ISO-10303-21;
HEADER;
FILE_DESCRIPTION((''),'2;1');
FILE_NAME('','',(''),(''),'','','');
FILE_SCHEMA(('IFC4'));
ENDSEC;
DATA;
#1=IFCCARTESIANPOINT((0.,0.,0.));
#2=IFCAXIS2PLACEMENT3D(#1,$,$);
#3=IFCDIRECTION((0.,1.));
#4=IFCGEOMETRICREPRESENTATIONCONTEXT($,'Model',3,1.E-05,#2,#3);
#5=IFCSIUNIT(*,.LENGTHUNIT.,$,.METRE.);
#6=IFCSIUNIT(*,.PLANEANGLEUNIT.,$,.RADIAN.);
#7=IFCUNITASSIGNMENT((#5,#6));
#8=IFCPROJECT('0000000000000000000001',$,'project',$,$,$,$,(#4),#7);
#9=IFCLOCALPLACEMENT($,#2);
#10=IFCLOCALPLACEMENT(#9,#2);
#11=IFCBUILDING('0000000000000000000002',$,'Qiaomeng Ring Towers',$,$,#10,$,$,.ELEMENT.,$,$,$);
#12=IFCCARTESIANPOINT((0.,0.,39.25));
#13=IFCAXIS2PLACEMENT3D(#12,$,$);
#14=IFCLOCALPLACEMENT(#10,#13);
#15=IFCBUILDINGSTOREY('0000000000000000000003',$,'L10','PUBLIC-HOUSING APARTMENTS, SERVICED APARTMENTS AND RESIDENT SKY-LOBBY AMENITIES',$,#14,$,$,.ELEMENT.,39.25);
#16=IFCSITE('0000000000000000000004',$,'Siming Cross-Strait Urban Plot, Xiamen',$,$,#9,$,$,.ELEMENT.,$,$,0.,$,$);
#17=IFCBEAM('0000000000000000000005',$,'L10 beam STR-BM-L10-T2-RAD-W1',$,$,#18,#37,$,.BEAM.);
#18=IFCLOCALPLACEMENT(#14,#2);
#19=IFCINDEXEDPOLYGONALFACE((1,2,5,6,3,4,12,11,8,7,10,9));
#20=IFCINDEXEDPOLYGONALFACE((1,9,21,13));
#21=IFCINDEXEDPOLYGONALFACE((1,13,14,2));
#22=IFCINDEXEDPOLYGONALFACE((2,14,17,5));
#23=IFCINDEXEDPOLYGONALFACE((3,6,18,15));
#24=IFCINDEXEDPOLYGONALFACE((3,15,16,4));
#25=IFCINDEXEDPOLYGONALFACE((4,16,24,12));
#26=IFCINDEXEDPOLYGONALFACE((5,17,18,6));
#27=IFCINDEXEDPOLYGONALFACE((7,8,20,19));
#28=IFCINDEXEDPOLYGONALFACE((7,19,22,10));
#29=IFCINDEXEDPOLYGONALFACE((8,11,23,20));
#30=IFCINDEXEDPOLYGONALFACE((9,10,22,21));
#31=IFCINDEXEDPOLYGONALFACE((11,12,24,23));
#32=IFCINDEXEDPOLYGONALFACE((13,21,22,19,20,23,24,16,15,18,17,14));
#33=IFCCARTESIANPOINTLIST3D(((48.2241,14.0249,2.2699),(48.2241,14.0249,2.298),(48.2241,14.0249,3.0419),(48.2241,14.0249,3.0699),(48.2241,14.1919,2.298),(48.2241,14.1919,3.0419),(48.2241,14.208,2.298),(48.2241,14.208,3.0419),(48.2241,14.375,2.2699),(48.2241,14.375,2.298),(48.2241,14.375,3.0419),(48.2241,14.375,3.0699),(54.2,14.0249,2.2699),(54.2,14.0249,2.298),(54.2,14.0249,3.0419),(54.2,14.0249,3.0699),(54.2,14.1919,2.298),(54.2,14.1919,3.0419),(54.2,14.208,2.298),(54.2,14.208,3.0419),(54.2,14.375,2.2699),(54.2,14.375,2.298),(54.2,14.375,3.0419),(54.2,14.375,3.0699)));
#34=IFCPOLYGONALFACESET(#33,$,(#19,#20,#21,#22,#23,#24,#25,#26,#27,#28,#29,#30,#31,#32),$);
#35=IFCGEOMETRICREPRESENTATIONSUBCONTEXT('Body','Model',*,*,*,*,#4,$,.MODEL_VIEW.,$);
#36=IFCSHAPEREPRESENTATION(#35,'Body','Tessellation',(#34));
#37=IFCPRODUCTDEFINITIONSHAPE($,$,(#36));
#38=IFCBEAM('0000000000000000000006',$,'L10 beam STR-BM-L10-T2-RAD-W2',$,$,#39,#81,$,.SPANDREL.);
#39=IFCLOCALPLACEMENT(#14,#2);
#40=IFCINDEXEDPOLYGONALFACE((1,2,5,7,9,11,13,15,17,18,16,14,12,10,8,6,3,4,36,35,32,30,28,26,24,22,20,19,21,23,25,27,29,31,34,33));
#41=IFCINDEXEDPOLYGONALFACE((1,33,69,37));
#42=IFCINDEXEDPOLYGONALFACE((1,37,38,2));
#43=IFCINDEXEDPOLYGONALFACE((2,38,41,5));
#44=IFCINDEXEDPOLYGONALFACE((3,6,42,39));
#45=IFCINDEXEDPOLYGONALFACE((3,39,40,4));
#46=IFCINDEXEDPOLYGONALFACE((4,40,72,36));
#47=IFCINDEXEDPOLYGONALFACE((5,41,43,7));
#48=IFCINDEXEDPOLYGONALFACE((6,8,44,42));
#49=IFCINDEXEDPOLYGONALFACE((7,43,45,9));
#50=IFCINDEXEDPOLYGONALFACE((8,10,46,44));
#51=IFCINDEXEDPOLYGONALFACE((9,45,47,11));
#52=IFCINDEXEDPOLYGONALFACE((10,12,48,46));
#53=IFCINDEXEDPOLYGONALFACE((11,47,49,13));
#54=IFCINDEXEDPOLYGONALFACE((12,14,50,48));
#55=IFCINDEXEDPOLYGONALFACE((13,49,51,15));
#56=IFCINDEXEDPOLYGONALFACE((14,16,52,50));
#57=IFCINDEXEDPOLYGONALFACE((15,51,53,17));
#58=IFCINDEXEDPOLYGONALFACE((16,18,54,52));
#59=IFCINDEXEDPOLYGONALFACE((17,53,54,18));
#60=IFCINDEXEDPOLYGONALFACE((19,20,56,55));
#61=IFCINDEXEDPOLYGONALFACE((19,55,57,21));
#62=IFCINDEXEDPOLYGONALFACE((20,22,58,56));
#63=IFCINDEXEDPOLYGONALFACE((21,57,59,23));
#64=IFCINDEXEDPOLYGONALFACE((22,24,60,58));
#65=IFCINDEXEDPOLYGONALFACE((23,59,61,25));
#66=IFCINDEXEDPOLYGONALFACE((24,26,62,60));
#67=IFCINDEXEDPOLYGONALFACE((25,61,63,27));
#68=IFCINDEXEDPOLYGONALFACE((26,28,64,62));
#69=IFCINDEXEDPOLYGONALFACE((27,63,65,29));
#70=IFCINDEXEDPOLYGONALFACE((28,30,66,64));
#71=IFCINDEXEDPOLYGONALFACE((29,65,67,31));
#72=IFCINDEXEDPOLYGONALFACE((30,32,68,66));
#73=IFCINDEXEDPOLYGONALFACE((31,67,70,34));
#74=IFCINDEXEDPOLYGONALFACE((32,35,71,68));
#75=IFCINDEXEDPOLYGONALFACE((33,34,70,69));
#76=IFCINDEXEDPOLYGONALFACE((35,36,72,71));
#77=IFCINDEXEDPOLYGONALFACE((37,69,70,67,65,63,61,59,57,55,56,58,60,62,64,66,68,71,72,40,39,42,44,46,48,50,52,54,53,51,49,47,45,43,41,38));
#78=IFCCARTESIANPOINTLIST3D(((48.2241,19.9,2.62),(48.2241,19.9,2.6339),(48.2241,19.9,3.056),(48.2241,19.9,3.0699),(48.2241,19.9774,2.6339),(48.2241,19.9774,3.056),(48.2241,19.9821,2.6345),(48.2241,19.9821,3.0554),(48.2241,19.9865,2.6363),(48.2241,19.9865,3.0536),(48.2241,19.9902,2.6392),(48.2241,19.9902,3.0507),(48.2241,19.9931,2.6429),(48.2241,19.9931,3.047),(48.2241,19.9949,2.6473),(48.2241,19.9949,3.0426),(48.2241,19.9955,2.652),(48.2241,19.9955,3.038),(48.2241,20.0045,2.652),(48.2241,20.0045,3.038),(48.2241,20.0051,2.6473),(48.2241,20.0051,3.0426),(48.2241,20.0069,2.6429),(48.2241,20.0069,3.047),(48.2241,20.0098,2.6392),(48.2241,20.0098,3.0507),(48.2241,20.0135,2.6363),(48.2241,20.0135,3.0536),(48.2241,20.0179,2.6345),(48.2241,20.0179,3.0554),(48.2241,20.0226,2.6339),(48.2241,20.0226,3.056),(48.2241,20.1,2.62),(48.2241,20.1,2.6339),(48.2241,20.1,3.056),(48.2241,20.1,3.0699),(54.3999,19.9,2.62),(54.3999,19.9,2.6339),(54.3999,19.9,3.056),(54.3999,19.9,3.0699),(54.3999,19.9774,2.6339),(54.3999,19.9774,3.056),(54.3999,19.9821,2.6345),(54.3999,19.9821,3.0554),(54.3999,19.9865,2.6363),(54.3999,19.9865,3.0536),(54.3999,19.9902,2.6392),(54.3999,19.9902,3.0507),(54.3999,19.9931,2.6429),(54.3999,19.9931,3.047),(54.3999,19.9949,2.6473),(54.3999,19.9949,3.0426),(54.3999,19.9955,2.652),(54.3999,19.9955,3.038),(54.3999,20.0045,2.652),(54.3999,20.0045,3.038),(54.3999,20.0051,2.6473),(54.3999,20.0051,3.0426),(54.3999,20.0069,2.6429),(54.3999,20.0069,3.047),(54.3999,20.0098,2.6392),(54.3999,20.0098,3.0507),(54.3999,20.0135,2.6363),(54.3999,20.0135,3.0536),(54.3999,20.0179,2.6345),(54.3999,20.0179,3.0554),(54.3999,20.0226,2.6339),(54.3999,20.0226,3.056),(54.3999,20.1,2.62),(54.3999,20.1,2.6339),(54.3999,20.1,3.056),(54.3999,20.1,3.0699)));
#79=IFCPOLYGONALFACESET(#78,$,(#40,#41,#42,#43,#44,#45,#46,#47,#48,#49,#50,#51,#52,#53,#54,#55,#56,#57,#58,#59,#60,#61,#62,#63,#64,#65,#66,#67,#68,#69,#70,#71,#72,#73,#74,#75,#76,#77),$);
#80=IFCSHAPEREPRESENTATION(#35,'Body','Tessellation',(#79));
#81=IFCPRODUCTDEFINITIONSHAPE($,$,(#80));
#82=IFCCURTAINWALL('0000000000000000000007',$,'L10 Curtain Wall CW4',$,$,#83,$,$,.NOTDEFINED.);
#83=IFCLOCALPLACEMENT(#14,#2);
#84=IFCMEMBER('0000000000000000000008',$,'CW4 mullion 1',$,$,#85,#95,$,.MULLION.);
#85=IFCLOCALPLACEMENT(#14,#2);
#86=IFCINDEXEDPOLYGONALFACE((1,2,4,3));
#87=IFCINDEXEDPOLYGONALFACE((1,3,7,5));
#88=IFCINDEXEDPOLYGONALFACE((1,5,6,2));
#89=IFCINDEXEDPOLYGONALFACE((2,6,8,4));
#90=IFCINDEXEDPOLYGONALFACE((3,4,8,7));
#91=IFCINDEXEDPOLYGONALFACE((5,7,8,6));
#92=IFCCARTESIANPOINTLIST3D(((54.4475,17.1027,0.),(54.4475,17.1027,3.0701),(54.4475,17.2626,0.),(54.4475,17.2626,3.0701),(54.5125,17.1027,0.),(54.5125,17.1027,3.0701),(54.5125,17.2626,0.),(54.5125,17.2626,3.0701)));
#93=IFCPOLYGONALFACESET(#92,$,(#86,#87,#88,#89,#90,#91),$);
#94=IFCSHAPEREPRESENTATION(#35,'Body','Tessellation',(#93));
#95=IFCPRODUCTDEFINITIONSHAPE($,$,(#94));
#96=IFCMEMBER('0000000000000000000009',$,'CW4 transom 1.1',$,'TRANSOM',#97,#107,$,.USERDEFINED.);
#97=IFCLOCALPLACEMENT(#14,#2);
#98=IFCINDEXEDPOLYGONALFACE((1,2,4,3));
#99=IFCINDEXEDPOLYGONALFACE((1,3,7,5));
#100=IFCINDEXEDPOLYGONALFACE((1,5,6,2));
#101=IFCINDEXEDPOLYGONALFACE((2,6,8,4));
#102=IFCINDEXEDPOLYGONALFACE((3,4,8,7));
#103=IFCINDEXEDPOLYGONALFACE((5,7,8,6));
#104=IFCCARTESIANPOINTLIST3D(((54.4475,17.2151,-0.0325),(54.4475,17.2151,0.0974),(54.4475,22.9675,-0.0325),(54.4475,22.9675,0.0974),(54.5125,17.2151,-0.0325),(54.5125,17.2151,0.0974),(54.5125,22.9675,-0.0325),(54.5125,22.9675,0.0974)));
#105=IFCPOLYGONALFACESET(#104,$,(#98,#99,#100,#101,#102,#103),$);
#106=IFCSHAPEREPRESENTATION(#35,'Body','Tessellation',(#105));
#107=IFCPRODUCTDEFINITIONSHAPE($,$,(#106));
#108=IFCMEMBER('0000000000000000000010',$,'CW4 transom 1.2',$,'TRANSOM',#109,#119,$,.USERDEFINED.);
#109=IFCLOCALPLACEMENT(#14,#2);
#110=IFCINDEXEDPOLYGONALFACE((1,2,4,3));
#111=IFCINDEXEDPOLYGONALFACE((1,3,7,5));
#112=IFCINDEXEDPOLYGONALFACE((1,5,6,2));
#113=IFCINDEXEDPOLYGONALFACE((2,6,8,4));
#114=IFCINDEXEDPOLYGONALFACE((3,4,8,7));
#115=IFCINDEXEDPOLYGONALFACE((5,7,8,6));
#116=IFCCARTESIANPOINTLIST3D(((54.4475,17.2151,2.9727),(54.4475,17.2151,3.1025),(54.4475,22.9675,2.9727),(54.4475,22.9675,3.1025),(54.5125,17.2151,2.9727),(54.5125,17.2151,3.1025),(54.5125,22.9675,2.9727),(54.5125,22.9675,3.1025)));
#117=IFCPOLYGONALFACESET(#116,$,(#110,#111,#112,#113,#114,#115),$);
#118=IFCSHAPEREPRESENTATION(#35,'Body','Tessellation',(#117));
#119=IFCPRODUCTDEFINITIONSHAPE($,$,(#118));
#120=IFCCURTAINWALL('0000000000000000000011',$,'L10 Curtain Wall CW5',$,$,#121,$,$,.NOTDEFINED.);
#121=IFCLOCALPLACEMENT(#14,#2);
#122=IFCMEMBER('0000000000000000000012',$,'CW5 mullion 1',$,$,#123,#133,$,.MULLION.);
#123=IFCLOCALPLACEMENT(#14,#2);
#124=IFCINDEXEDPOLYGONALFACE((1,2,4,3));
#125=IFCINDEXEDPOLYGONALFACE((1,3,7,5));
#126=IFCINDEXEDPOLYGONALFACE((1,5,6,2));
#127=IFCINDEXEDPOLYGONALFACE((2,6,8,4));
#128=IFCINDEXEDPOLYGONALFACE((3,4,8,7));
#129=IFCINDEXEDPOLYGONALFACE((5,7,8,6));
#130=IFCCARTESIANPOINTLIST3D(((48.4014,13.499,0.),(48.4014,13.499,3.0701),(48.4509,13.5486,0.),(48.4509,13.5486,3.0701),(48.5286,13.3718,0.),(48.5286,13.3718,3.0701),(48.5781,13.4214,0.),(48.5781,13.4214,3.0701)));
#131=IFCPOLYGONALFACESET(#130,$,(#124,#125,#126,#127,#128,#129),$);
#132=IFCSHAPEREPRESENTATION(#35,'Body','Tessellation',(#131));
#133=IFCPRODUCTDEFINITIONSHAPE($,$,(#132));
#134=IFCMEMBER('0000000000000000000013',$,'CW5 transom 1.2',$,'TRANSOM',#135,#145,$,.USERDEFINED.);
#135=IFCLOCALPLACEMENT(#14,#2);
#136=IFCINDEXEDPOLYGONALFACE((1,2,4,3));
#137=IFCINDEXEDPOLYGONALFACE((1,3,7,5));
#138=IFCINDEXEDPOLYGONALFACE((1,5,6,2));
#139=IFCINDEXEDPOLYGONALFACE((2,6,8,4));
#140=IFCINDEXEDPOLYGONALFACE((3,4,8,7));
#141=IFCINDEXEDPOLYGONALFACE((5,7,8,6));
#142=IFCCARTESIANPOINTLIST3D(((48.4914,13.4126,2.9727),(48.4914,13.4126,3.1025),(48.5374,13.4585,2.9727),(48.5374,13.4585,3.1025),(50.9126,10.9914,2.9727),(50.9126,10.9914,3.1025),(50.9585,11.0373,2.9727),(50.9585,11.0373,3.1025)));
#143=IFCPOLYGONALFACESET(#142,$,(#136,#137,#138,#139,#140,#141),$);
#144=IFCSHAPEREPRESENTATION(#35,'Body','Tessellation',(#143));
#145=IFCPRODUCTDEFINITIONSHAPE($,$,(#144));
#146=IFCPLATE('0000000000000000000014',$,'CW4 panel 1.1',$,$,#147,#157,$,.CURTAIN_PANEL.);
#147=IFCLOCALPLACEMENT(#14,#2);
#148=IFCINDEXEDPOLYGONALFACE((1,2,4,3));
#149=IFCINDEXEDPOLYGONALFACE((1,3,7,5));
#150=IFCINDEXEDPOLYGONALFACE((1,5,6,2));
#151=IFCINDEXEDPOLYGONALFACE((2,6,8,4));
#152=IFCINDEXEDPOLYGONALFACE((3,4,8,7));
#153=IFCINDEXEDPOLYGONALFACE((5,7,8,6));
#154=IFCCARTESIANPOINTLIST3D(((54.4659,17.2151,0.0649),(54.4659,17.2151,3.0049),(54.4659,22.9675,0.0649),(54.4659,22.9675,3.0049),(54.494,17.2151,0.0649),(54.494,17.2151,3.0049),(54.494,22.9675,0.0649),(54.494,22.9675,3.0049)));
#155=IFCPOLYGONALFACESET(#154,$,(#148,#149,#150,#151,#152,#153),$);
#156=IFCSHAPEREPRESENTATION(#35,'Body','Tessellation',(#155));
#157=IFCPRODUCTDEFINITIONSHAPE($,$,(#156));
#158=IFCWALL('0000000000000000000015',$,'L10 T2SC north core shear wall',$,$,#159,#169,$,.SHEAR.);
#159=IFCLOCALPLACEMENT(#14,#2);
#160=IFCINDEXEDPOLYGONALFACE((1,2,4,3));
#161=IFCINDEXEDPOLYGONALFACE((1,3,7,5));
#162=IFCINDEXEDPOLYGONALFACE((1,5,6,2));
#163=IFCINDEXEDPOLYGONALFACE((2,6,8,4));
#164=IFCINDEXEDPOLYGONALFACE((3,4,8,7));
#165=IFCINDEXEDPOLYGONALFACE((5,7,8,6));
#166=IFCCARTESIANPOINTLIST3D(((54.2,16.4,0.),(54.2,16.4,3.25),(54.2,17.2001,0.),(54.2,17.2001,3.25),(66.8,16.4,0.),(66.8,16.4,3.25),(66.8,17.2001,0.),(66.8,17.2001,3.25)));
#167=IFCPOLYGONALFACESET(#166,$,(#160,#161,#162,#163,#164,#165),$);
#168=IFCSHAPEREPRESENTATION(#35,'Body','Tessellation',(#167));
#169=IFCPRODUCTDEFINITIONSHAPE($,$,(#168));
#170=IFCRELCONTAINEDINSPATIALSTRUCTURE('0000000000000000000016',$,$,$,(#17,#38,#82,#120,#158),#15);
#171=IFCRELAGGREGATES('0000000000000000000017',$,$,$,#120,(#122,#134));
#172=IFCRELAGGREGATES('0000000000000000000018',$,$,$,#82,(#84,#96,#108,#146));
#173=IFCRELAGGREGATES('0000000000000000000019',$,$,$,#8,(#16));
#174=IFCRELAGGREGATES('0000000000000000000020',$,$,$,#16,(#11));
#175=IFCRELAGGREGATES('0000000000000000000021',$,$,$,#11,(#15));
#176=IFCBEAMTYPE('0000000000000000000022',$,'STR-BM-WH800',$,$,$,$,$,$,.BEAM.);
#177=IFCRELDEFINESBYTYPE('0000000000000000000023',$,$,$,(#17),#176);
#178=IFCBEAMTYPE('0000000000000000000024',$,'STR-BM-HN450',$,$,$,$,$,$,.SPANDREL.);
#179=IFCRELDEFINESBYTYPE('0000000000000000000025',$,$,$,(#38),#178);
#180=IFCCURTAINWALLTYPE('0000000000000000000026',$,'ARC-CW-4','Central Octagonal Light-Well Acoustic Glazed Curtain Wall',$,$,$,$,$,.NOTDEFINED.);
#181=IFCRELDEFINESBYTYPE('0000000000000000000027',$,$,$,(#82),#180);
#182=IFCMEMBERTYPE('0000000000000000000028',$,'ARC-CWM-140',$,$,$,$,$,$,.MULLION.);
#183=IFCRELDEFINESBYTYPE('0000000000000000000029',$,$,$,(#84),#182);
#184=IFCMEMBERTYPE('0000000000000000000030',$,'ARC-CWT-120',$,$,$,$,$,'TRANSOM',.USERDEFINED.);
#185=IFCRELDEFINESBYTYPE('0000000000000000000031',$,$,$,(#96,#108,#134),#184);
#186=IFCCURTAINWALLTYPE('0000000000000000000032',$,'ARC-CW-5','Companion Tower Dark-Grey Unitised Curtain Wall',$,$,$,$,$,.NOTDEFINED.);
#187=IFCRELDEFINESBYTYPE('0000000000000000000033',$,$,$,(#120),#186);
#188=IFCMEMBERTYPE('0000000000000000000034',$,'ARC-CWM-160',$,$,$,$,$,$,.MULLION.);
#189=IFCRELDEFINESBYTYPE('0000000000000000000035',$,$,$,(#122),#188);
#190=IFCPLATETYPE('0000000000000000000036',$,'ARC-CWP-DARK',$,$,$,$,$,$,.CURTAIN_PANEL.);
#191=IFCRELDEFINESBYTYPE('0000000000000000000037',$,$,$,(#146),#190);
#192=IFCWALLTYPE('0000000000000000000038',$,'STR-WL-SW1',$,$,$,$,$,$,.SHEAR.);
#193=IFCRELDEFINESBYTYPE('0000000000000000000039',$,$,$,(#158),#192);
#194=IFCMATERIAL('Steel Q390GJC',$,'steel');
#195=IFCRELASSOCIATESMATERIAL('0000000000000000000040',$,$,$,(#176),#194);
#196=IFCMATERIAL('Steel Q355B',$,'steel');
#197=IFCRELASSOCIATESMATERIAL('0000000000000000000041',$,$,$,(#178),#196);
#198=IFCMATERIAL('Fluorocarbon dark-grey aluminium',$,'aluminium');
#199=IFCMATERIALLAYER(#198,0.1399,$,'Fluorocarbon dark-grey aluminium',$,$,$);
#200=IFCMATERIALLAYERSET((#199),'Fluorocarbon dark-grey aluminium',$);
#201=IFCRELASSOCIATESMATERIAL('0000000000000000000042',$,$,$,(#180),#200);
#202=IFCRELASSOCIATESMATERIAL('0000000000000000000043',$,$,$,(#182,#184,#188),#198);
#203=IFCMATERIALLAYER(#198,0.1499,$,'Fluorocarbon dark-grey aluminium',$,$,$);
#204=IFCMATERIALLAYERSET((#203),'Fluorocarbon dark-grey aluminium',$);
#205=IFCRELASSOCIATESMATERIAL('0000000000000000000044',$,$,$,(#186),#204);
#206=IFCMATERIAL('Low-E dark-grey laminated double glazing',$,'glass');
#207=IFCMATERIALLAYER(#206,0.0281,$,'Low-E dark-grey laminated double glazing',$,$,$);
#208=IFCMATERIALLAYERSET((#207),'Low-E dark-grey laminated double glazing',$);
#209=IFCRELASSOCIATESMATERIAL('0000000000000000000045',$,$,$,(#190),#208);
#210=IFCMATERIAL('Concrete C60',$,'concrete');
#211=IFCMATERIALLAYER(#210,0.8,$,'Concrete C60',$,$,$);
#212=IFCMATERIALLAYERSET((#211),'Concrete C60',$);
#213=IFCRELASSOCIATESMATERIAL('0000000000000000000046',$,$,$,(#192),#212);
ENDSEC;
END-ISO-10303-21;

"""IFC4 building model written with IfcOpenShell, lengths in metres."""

from ifc_helpers import new_model, si_unit, direction, frame, frame_2d, origin, origin_2d, place, context, subcontext, project, spatial, rectangle, i_section, extrude, source, transform, mapped, material, layer, layer_set, material_profile, profile_set, type_object, element, aggregate, save


model = new_model("IFC4")

# Units and contexts
model_context = context("Model", 3, precision=1e-05, world=origin(), true_north=direction((0.0, 1.0)))
body_context = subcontext(model_context, "Body", "Model", "MODEL_VIEW")
ifc_project = project(units=[si_unit("LENGTHUNIT", "METRE"), si_unit("PLANEANGLEUNIT", "RADIAN")], contexts=[model_context])

# Site, building, storey
site_placement = place(None, origin())
site = spatial("IfcSite", under=ifc_project, at=site_placement, Name="Siming Cross-Strait Urban Plot, Xiamen", CompositionType="ELEMENT", RefElevation=0.0)
building_placement = place(site_placement, origin())
building = spatial("IfcBuilding", under=site, at=building_placement, Name="Qiaomeng Ring Towers", CompositionType="ELEMENT")
storey_placement = place(building_placement, frame((0.0, 0.0, 39.25)))
storey = spatial("IfcBuildingStorey", under=building, at=storey_placement, Name="L10", Description="PUBLIC-HOUSING APARTMENTS, SERVICED APARTMENTS AND RESIDENT SKY-LOBBY AMENITIES", CompositionType="ELEMENT", Elevation=39.25)

# Shared definitions
ifc_material_1 = material(Name="Concrete C60", Category="concrete")

# Beams
ifc_material_2 = material(Name="Steel Q355B", Category="steel")
ifc_material_3 = material(Name="Steel Q390GJC", Category="steel")
ifc_material_profile_1 = material_profile(ifc_material_3, i_section(OverallWidth=0.3501, OverallDepth=0.8, WebThickness=0.0161, FlangeThickness=0.0281, at=origin_2d()), Name="WH 800x350x16x28")
ifc_profile_set_1 = profile_set([ifc_material_profile_1], Name="Steel Q390GJC")
beam_type_1 = type_object("IfcBeamType", Name="STR-BM-WH800", PredefinedType="BEAM", material=ifc_profile_set_1)
shared_shape_1 = source(origin(), body_context, "Body", "SweptSolid", [
    extrude(i_section(OverallWidth=0.3501, OverallDepth=0.8, WebThickness=0.0161, FlangeThickness=0.0281, at=origin_2d()), origin(), (0.0, 0.0, 1.0), 5.9758),
])
beam_1_placement = place(storey_placement, frame((48.2241, 14.2, 2.6699), z_axis=(1.0, 0.0, 0.0), x_axis=(0.0, 1.0, 0.0)))
element("IfcBeam", 1, at=beam_1_placement, inside=storey, type_object=beam_type_1, Name="L10 beam STR-BM-L10-T2-RAD-W1", PredefinedType="BEAM", context=body_context, shape_type="MappedRepresentation", body=[
    mapped(shared_shape_1, transform((0.0, 0.0, 0.0), x_axis=(1.0, 0.0, 0.0), y_axis=(0.0, 1.0, 0.0), z_axis=(0.0, 0.0, 1.0), scale=1.0)),
])
ifc_material_profile_2 = material_profile(ifc_material_2, i_section(OverallWidth=0.2, OverallDepth=0.45, WebThickness=0.009, FlangeThickness=0.0139, FilletRadius=0.0181, at=origin_2d()), Name="HN 450x200x9x14")
ifc_profile_set_2 = profile_set([ifc_material_profile_2], Name="Steel Q355B")
beam_type_2 = type_object("IfcBeamType", Name="STR-BM-HN450", PredefinedType="SPANDREL", material=ifc_profile_set_2)
shared_shape_2 = source(origin(), body_context, "Body", "SweptSolid", [
    extrude(i_section(OverallWidth=0.2, OverallDepth=0.45, WebThickness=0.009, FlangeThickness=0.0139, FilletRadius=0.0181, at=origin_2d()), origin(), (0.0, 0.0, 1.0), 6.1758),
])
beam_2_placement = place(storey_placement, frame((48.2241, 20.0, 2.845), z_axis=(1.0, 0.0, 0.0), x_axis=(0.0, 1.0, 0.0)))
element("IfcBeam", 2, at=beam_2_placement, inside=storey, type_object=beam_type_2, Name="L10 beam STR-BM-L10-T2-RAD-W2", PredefinedType="SPANDREL", context=body_context, shape_type="MappedRepresentation", body=[
    mapped(shared_shape_2, transform((0.0, 0.0, 0.0), x_axis=(1.0, 0.0, 0.0), y_axis=(0.0, 1.0, 0.0), z_axis=(0.0, 0.0, 1.0), scale=1.0)),
])

# Curtain walls, members
ifc_material_4 = material(Name="Fluorocarbon dark-grey aluminium", Category="aluminium")
ifc_layer_1 = layer(ifc_material_4, 0.1399, Name="Fluorocarbon dark-grey aluminium")
ifc_layer_set_1 = layer_set([ifc_layer_1], Name="Fluorocarbon dark-grey aluminium")
curtain_wall_type_1 = type_object("IfcCurtainWallType", Name="ARC-CW-4", Description="Central Octagonal Light-Well Acoustic Glazed Curtain Wall", PredefinedType="NOTDEFINED", material=ifc_layer_set_1)
curtain_wall_1_placement = place(storey_placement, origin())
curtain_wall_1 = element("IfcCurtainWall", 3, at=curtain_wall_1_placement, inside=storey, type_object=curtain_wall_type_1, Name="L10 Curtain Wall CW4", PredefinedType="NOTDEFINED")
ifc_material_profile_3 = material_profile(ifc_material_4, rectangle(XDim=0.0649, YDim=0.1599, at=origin_2d()), Name="ALU MULL 65x160")
ifc_profile_set_3 = profile_set([ifc_material_profile_3], Name="Fluorocarbon dark-grey aluminium")
member_type_1 = type_object("IfcMemberType", Name="ARC-CWM-140", PredefinedType="MULLION", material=ifc_profile_set_3)
shared_shape_3 = source(origin(), body_context, "Body", "SweptSolid", [
    extrude(rectangle(XDim=0.0649, YDim=0.1599, at=origin_2d()), origin(), (0.0, 0.0, 1.0), 3.0701),
])
member_1_placement = place(storey_placement, frame((54.48, 17.1826, 0.0), z_axis=(0.0, 0.0, 1.0), x_axis=(-1.0, 0.0, 0.0)))
member_1 = element("IfcMember", 4, at=member_1_placement, type_object=member_type_1, Name="CW4 mullion 1", PredefinedType="MULLION", context=body_context, shape_type="MappedRepresentation", body=[
    mapped(shared_shape_3, transform((0.0, 0.0, 0.0), x_axis=(1.0, 0.0, 0.0), y_axis=(0.0, 1.0, 0.0), z_axis=(0.0, 0.0, 1.0), scale=1.0)),
])
ifc_material_profile_4 = material_profile(ifc_material_4, rectangle(XDim=0.0649, YDim=0.1299, at=origin_2d()), Name="ALU TRAN 65x130")
ifc_profile_set_4 = profile_set([ifc_material_profile_4], Name="Fluorocarbon dark-grey aluminium")
member_type_2 = type_object("IfcMemberType", Name="ARC-CWT-120", ElementType="TRANSOM", PredefinedType="USERDEFINED", material=ifc_profile_set_4)
shared_shape_4 = source(origin(), body_context, "Body", "SweptSolid", [
    extrude(rectangle(XDim=0.0649, YDim=0.1299, at=origin_2d()), origin(), (0.0, 0.0, 1.0), 5.7524),
])
member_2_placement = place(storey_placement, frame((54.48, 17.2151, 0.0325), z_axis=(0.0, 1.0, 0.0), x_axis=(-1.0, 0.0, 0.0)))
member_2 = element("IfcMember", 5, at=member_2_placement, type_object=member_type_2, Name="CW4 transom 1.1", ObjectType="TRANSOM", PredefinedType="USERDEFINED", context=body_context, shape_type="MappedRepresentation", body=[
    mapped(shared_shape_4, transform((0.0, 0.0, 0.0), x_axis=(1.0, 0.0, 0.0), y_axis=(0.0, 1.0, 0.0), z_axis=(0.0, 0.0, 1.0), scale=1.0)),
])
member_3_placement = place(storey_placement, frame((54.48, 17.2151, 3.0376), z_axis=(0.0, 1.0, 0.0), x_axis=(-1.0, 0.0, 0.0)))
member_3 = element("IfcMember", 6, at=member_3_placement, type_object=member_type_2, Name="CW4 transom 1.2", ObjectType="TRANSOM", PredefinedType="USERDEFINED", context=body_context, shape_type="MappedRepresentation", body=[
    mapped(shared_shape_4, transform((0.0, 0.0, 0.0), x_axis=(1.0, 0.0, 0.0), y_axis=(0.0, 1.0, 0.0), z_axis=(0.0, 0.0, 1.0), scale=1.0)),
])
ifc_layer_2 = layer(ifc_material_4, 0.1499, Name="Fluorocarbon dark-grey aluminium")
ifc_layer_set_2 = layer_set([ifc_layer_2], Name="Fluorocarbon dark-grey aluminium")
curtain_wall_type_2 = type_object("IfcCurtainWallType", Name="ARC-CW-5", Description="Companion Tower Dark-Grey Unitised Curtain Wall", PredefinedType="NOTDEFINED", material=ifc_layer_set_2)
curtain_wall_2_placement = place(storey_placement, origin())
curtain_wall_2 = element("IfcCurtainWall", 7, at=curtain_wall_2_placement, inside=storey, type_object=curtain_wall_type_2, Name="L10 Curtain Wall CW5", PredefinedType="NOTDEFINED")
ifc_material_profile_5 = material_profile(ifc_material_4, rectangle(XDim=0.0701, YDim=0.1799, at=origin_2d()), Name="ALU MULL 70x180")
ifc_profile_set_5 = profile_set([ifc_material_profile_5], Name="Fluorocarbon dark-grey aluminium")
member_type_3 = type_object("IfcMemberType", Name="ARC-CWM-160", PredefinedType="MULLION", material=ifc_profile_set_5)
shared_shape_5 = source(origin(), body_context, "Body", "SweptSolid", [
    extrude(rectangle(XDim=0.0701, YDim=0.1799, at=origin_2d()), origin(), (0.0, 0.0, 1.0), 3.0701),
])
member_4_placement = place(storey_placement, frame((48.4897, 13.4602, 0.0), z_axis=(0.0, 0.0, 1.0), x_axis=(0.707107, 0.707107, 0.0)))
member_4 = element("IfcMember", 8, at=member_4_placement, type_object=member_type_3, Name="CW5 mullion 1", PredefinedType="MULLION", context=body_context, shape_type="MappedRepresentation", body=[
    mapped(shared_shape_5, transform((0.0, 0.0, 0.0), x_axis=(1.0, 0.0, 0.0), y_axis=(0.0, 1.0, 0.0), z_axis=(0.0, 0.0, 1.0), scale=1.0)),
])
shared_shape_6 = source(origin(), body_context, "Body", "SweptSolid", [
    extrude(rectangle(XDim=0.0649, YDim=0.1299, at=origin_2d()), origin(), (0.0, 0.0, 1.0), 3.4241),
])
member_5_placement = place(storey_placement, frame((48.5144, 13.4355, 3.0376), z_axis=(0.707107, -0.707107, 0.0), x_axis=(0.707107, 0.707107, 0.0)))
member_5 = element("IfcMember", 9, at=member_5_placement, type_object=member_type_2, Name="CW5 transom 1.2", ObjectType="TRANSOM", PredefinedType="USERDEFINED", context=body_context, shape_type="MappedRepresentation", body=[
    mapped(shared_shape_6, transform((0.0, 0.0, 0.0), x_axis=(1.0, 0.0, 0.0), y_axis=(0.0, 1.0, 0.0), z_axis=(0.0, 0.0, 1.0), scale=1.0)),
])
aggregate(curtain_wall_2, [member_4, member_5])

# Plate
ifc_material_5 = material(Name="Low-E dark-grey laminated double glazing", Category="glass")
ifc_layer_3 = layer(ifc_material_5, 0.0281, Name="Low-E dark-grey laminated double glazing")
ifc_layer_set_3 = layer_set([ifc_layer_3], Name="Low-E dark-grey laminated double glazing")
plate_type = type_object("IfcPlateType", Name="ARC-CWP-DARK", PredefinedType="CURTAIN_PANEL", material=ifc_layer_set_3)
shared_shape_7 = source(origin(), body_context, "Body", "SweptSolid", [
    extrude(rectangle(XDim=5.7524, YDim=0.0281, at=origin_2d()), origin(), (0.0, 0.0, 1.0), 2.9399),
])
plate_placement = place(storey_placement, frame((54.48, 20.0913, 0.0649), z_axis=(0.0, 0.0, 1.0), x_axis=(0.0, 1.0, 0.0)))
plate = element("IfcPlate", 10, at=plate_placement, type_object=plate_type, Name="CW4 panel 1.1", PredefinedType="CURTAIN_PANEL", context=body_context, shape_type="MappedRepresentation", body=[
    mapped(shared_shape_7, transform((0.0, 0.0, 0.0), x_axis=(1.0, 0.0, 0.0), y_axis=(0.0, 1.0, 0.0), z_axis=(0.0, 0.0, 1.0), scale=1.0)),
])
aggregate(curtain_wall_1, [member_1, member_2, member_3, plate])

# Wall
ifc_layer_4 = layer(ifc_material_1, 0.8, Name="Concrete C60")
ifc_layer_set_4 = layer_set([ifc_layer_4], Name="Concrete C60")
wall_type = type_object("IfcWallType", Name="STR-WL-SW1", PredefinedType="SHEAR", material=ifc_layer_set_4)
wall_placement = place(storey_placement, frame((54.2, 16.8, 0.0), z_axis=(0.0, 0.0, 1.0), x_axis=(1.0, 0.0, 0.0)))
element("IfcWall", 11, at=wall_placement, inside=storey, type_object=wall_type, Name="L10 T2SC north core shear wall", PredefinedType="SHEAR", context=body_context, shape_type="SweptSolid", body=[
    extrude(rectangle(XDim=12.6001, YDim=0.8, at=frame_2d((6.3, 0.0))), origin(), (0.0, 0.0, 1.0), 3.25),
])

save(model, "model.ifc")
